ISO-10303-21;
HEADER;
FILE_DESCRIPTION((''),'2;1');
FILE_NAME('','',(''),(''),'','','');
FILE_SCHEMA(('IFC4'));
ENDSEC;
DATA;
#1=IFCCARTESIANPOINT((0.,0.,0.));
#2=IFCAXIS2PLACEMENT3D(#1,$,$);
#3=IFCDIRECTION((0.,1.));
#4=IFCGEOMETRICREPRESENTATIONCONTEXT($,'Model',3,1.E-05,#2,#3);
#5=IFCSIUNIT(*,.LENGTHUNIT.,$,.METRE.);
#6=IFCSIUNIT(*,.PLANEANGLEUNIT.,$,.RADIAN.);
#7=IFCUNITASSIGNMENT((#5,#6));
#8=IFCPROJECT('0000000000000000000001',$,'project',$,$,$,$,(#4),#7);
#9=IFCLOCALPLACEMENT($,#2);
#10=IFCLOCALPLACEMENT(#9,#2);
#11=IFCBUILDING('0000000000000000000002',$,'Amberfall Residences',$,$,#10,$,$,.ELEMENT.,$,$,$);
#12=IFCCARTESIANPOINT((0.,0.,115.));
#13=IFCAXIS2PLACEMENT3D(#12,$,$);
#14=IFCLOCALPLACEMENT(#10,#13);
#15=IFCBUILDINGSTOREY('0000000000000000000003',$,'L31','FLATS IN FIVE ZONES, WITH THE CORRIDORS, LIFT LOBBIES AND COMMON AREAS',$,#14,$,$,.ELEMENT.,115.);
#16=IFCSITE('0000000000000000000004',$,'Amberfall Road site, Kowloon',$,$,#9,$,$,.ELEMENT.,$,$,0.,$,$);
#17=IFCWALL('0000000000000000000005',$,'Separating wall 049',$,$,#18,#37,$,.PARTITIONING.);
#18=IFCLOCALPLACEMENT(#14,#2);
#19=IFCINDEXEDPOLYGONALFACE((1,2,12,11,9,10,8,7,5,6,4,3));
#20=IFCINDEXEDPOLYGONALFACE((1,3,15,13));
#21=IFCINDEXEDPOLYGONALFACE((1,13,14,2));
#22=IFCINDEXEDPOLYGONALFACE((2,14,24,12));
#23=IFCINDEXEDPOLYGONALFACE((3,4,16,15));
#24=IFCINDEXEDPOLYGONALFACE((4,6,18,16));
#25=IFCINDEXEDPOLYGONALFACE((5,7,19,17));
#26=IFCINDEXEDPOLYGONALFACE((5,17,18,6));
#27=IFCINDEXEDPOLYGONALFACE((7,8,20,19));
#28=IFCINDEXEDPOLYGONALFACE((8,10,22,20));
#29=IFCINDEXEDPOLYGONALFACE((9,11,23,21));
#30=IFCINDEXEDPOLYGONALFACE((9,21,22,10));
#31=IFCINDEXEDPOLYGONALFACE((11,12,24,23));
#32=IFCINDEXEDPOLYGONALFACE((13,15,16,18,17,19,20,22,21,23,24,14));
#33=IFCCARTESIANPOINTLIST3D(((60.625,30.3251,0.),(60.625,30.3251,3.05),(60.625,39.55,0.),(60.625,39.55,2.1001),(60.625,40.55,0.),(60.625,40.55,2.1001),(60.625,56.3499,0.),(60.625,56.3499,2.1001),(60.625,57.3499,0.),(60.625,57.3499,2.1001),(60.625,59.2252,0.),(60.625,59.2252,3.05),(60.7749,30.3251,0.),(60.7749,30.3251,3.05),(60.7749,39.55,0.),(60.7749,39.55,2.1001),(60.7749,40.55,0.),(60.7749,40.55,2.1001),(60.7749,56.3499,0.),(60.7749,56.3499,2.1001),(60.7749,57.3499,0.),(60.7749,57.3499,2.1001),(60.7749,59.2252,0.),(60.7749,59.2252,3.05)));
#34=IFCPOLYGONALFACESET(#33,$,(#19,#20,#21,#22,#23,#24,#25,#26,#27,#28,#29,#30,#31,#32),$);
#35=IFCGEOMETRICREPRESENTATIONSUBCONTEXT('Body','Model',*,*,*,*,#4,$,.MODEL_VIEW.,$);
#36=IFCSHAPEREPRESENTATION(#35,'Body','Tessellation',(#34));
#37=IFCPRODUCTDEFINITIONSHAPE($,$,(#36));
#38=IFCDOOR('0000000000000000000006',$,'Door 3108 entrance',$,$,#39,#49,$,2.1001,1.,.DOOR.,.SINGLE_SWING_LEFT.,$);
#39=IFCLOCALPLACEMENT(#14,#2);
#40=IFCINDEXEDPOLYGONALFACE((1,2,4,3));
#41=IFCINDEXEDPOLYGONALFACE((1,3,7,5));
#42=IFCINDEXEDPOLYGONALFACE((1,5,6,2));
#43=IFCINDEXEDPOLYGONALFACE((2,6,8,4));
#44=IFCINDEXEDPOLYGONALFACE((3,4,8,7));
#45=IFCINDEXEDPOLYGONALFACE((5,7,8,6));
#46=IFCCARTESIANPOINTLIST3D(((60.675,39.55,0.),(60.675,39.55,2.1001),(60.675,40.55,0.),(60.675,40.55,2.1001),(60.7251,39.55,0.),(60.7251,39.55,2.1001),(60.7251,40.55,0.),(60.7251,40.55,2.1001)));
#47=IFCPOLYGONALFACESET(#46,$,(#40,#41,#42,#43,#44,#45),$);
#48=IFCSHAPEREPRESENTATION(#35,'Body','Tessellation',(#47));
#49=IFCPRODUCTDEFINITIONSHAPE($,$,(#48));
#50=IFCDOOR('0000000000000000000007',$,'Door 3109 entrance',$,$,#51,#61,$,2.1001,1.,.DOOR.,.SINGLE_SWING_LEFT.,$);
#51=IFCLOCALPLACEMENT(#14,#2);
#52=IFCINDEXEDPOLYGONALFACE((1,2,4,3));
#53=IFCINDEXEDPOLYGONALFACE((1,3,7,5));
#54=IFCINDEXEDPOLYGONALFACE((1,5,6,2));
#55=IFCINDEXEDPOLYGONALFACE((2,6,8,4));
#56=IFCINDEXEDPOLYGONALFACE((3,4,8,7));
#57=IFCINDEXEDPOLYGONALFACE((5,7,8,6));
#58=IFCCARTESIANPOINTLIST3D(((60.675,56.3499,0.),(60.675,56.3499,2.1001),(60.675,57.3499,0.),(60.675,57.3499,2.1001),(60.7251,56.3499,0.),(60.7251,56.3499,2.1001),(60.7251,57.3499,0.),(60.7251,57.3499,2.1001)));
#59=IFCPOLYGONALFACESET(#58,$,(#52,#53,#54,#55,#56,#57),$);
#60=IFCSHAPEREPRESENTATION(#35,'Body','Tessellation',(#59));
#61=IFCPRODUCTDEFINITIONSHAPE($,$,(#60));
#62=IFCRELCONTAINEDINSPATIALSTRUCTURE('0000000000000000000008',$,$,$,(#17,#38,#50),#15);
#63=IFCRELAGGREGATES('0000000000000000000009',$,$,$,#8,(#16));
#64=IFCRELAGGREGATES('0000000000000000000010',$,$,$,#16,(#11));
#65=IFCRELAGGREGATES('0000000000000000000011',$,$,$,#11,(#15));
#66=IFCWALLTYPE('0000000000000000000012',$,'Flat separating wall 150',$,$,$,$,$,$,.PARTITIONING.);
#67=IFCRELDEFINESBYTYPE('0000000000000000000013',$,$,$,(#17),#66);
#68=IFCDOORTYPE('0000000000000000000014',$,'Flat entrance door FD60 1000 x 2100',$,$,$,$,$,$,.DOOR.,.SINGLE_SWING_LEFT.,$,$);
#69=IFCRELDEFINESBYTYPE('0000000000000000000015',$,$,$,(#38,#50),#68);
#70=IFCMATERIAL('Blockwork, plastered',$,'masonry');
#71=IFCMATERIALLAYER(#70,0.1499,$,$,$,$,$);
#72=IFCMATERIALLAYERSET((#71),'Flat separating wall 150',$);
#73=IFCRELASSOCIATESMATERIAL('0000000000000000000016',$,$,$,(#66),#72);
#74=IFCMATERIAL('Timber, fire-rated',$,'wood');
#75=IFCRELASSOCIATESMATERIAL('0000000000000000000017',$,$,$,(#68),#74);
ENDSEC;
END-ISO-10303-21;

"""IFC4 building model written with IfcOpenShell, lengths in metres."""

from ifc_helpers import new_model, si_unit, direction, frame, frame_2d, origin, place, context, subcontext, project, spatial, rectangle, extrude, material, layer, layer_set, type_object, element, fill, save


model = new_model("IFC4")

# Units and contexts
model_context = context("Model", 3, precision=1e-05, world=origin(), true_north=direction((0.0, 1.0)))
body_context = subcontext(model_context, "Body", "Model", "MODEL_VIEW")
ifc_project = project(units=[si_unit("LENGTHUNIT", "METRE"), si_unit("PLANEANGLEUNIT", "RADIAN")], contexts=[model_context])

# Site, building, storey
site_placement = place(None, origin())
site = spatial("IfcSite", under=ifc_project, at=site_placement, Name="Amberfall Road site, Kowloon", CompositionType="ELEMENT", RefElevation=0.0)
building_placement = place(site_placement, origin())
building = spatial("IfcBuilding", under=site, at=building_placement, Name="Amberfall Residences", CompositionType="ELEMENT")
storey_placement = place(building_placement, frame((0.0, 0.0, 115.0)))
storey = spatial("IfcBuildingStorey", under=building, at=storey_placement, Name="L31", Description="FLATS IN FIVE ZONES, WITH THE CORRIDORS, LIFT LOBBIES AND COMMON AREAS", CompositionType="ELEMENT", Elevation=115.0)

# Wall, openings, doors
ifc_material_1 = material(Name="Blockwork, plastered", Category="masonry")
ifc_layer_1 = layer(ifc_material_1, 0.1499)
ifc_layer_set_1 = layer_set([ifc_layer_1], Name="Flat separating wall 150")
wall_type_1 = type_object("IfcWallType", Name="Flat separating wall 150", PredefinedType="PARTITIONING", material=ifc_layer_set_1)
wall_1_placement = place(storey_placement, frame((60.7, 30.325, 0.0), z_axis=(0.0, 0.0, 1.0), x_axis=(0.0, 1.0, 0.0)))
wall_1 = element("IfcWall", 1, at=wall_1_placement, inside=storey, type_object=wall_type_1, Name="Separating wall 049", PredefinedType="PARTITIONING", context=body_context, shape_type="SweptSolid", body=[
    extrude(rectangle(XDim=28.9001, YDim=0.1499, at=frame_2d((14.4502, 0.0))), origin(), (0.0, 0.0, 1.0), 3.05),
])
opening_1_placement = place(wall_1_placement, frame((9.2251, 0.0, 0.0)))
opening_1 = element("IfcOpeningElement", 2, at=opening_1_placement, cuts=wall_1, PredefinedType="OPENING", context=body_context, shape_type="SweptSolid", body=[
    extrude(rectangle(XDim=1.0, YDim=2.1001, at=frame_2d((0.5, 1.05))), frame((0.0, 0.085, 0.0), z_axis=(0.0, -1.0, 0.0), x_axis=(1.0, 0.0, 0.0)), (0.0, 0.0, 1.0), 0.1699),
])
opening_2_placement = place(wall_1_placement, frame((26.0249, 0.0, 0.0)))
opening_2 = element("IfcOpeningElement", 3, at=opening_2_placement, cuts=wall_1, PredefinedType="OPENING", context=body_context, shape_type="SweptSolid", body=[
    extrude(rectangle(XDim=1.0, YDim=2.1001, at=frame_2d((0.5, 1.05))), frame((0.0, 0.085, 0.0), z_axis=(0.0, -1.0, 0.0), x_axis=(1.0, 0.0, 0.0)), (0.0, 0.0, 1.0), 0.1699),
])
ifc_material_2 = material(Name="Timber, fire-rated", Category="wood")
door_type_1 = type_object("IfcDoorType", Name="Flat entrance door FD60 1000 x 2100", OperationType="SINGLE_SWING_LEFT", PredefinedType="DOOR", material=ifc_material_2)
door_1_placement = place(opening_1_placement, origin())
door_1 = element("IfcDoor", 4, at=door_1_placement, inside=storey, type_object=door_type_1, Name="Door 3108 entrance", OperationType="SINGLE_SWING_LEFT", OverallHeight=2.1001, OverallWidth=1.0, PredefinedType="DOOR", context=body_context, shape_type="SweptSolid", body=[
    extrude(rectangle(XDim=1.0, YDim=2.1001, at=frame_2d((0.5, 1.05))), frame((0.0, 0.0249, 0.0), z_axis=(0.0, -1.0, 0.0), x_axis=(1.0, 0.0, 0.0)), (0.0, 0.0, 1.0), 0.05),
])
fill(opening_1, door_1)
door_2_placement = place(opening_2_placement, origin())
door_2 = element("IfcDoor", 5, at=door_2_placement, inside=storey, type_object=door_type_1, Name="Door 3109 entrance", OperationType="SINGLE_SWING_LEFT", OverallHeight=2.1001, OverallWidth=1.0, PredefinedType="DOOR", context=body_context, shape_type="SweptSolid", body=[
    extrude(rectangle(XDim=1.0, YDim=2.1001, at=frame_2d((0.5, 1.05))), frame((0.0, 0.0249, 0.0), z_axis=(0.0, -1.0, 0.0), x_axis=(1.0, 0.0, 0.0)), (0.0, 0.0, 1.0), 0.05),
])
fill(opening_2, door_2)

save(model, "model.ifc")
